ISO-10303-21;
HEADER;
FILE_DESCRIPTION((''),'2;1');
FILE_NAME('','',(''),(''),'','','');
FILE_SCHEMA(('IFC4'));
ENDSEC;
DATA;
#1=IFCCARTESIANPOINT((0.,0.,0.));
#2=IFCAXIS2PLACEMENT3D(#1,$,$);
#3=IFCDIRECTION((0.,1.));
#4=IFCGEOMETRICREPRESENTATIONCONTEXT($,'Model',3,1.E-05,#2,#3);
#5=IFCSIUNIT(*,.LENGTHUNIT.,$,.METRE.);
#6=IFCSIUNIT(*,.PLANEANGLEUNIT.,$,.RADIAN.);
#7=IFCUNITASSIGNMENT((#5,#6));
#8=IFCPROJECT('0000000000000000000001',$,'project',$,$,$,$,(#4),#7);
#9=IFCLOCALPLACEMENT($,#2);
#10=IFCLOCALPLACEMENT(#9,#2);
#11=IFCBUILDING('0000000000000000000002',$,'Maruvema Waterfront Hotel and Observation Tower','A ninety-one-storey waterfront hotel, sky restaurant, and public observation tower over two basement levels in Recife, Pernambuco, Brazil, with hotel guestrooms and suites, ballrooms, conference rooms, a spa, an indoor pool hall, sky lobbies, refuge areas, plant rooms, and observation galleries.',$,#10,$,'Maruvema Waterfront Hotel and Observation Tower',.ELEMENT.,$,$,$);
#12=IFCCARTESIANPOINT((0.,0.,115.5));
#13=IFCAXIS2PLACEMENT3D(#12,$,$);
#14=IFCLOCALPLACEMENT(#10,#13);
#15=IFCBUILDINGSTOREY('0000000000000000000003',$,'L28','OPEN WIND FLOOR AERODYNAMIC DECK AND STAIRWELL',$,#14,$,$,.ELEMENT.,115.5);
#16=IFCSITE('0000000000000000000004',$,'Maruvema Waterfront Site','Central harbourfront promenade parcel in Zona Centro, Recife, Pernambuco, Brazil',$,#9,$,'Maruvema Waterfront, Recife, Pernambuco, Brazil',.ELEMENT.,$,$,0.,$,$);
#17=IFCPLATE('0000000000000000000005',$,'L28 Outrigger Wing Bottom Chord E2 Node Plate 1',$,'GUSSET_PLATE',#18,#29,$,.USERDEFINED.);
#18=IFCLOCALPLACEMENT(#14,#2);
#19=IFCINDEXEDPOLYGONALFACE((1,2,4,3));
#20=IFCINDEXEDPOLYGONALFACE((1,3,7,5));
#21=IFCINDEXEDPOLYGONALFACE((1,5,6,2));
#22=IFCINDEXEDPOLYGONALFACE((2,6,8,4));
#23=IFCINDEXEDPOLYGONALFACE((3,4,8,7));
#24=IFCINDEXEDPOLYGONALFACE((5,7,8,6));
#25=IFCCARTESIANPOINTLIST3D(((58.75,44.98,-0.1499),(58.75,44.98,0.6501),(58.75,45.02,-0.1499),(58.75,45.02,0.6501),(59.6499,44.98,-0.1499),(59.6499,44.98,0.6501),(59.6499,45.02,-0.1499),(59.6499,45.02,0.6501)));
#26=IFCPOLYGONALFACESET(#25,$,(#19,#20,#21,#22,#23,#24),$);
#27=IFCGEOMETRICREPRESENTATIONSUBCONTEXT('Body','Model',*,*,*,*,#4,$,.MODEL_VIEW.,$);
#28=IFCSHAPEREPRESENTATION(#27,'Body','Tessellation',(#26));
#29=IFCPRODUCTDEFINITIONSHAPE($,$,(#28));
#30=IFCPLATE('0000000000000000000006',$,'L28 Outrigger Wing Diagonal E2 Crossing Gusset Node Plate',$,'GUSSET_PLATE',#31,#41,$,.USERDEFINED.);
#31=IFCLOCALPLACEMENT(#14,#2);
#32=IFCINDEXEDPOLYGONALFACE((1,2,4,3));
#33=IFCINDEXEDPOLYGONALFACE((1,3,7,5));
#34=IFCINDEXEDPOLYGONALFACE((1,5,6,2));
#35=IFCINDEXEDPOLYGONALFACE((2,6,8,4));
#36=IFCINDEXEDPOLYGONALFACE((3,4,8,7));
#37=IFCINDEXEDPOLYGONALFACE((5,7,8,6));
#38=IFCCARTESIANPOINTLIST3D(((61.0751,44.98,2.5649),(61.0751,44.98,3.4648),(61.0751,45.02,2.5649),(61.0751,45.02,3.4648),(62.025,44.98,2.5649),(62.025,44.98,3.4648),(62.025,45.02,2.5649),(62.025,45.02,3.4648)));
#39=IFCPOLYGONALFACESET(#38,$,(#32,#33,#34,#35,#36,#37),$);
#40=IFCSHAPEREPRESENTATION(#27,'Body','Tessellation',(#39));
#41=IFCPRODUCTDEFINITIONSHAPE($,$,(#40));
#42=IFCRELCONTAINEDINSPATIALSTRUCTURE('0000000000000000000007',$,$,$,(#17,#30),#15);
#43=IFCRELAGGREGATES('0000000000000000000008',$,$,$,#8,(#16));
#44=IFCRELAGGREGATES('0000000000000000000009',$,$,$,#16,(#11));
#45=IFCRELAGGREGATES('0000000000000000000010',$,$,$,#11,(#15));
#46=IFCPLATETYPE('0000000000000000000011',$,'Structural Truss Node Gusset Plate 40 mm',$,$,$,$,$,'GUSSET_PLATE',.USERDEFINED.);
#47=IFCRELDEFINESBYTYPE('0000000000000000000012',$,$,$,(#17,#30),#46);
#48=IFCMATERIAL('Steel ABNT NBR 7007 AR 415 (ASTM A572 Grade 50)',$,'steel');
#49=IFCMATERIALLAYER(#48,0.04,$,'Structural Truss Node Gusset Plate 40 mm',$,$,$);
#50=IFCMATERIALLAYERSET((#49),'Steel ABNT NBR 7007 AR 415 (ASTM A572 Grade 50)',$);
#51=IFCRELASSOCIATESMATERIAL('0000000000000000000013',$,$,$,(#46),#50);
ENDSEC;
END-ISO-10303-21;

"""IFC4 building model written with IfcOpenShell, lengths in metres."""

from ifc_helpers import new_model, si_unit, direction, frame, origin, origin_2d, place, context, subcontext, project, spatial, rectangle, extrude, material, layer, layer_set, type_object, element, save


model = new_model("IFC4")

# Units and contexts
model_context = context("Model", 3, precision=1e-05, world=origin(), true_north=direction((0.0, 1.0)))
body_context = subcontext(model_context, "Body", "Model", "MODEL_VIEW")
ifc_project = project(units=[si_unit("LENGTHUNIT", "METRE"), si_unit("PLANEANGLEUNIT", "RADIAN")], contexts=[model_context])

# Site, building, storey
site_placement = place(None, origin())
site = spatial("IfcSite", under=ifc_project, at=site_placement, Name="Maruvema Waterfront Site", Description="Central harbourfront promenade parcel in Zona Centro, Recife, Pernambuco, Brazil", LongName="Maruvema Waterfront, Recife, Pernambuco, Brazil", CompositionType="ELEMENT", RefElevation=0.0)
building_placement = place(site_placement, origin())
building = spatial("IfcBuilding", under=site, at=building_placement, Name="Maruvema Waterfront Hotel and Observation Tower", Description="A ninety-one-storey waterfront hotel, sky restaurant, and public observation tower over two basement levels in Recife, Pernambuco, Brazil, with hotel guestrooms and suites, ballrooms, conference rooms, a spa, an indoor pool hall, sky lobbies, refuge areas, plant rooms, and observation galleries.", LongName="Maruvema Waterfront Hotel and Observation Tower", CompositionType="ELEMENT")
storey_placement = place(building_placement, frame((0.0, 0.0, 115.5)))
storey = spatial("IfcBuildingStorey", under=building, at=storey_placement, Name="L28", Description="OPEN WIND FLOOR AERODYNAMIC DECK AND STAIRWELL", CompositionType="ELEMENT", Elevation=115.5)

# Plates
ifc_material_1 = material(Name="Steel ABNT NBR 7007 AR 415 (ASTM A572 Grade 50)", Category="steel")
ifc_layer_1 = layer(ifc_material_1, 0.04, Name="Structural Truss Node Gusset Plate 40 mm")
ifc_layer_set_1 = layer_set([ifc_layer_1], Name="Steel ABNT NBR 7007 AR 415 (ASTM A572 Grade 50)")
plate_type_1 = type_object("IfcPlateType", Name="Structural Truss Node Gusset Plate 40 mm", ElementType="GUSSET_PLATE", PredefinedType="USERDEFINED", material=ifc_layer_set_1)
plate_1_placement = place(storey_placement, frame((59.2, 45.0, -0.1499), z_axis=(0.0, 0.0, 1.0), x_axis=(1.0, 0.0, 0.0)))
element("IfcPlate", 1, at=plate_1_placement, inside=storey, type_object=plate_type_1, Name="L28 Outrigger Wing Bottom Chord E2 Node Plate 1", ObjectType="GUSSET_PLATE", PredefinedType="USERDEFINED", context=body_context, shape_type="SweptSolid", body=[
    extrude(rectangle(XDim=0.8999, YDim=0.04, at=origin_2d()), origin(), (0.0, 0.0, 1.0), 0.8),
])
plate_2_placement = place(storey_placement, frame((61.55, 45.0, 2.5649), z_axis=(0.0, 0.0, 1.0), x_axis=(-1.0, 0.0, 0.0)))
element("IfcPlate", 2, at=plate_2_placement, inside=storey, type_object=plate_type_1, Name="L28 Outrigger Wing Diagonal E2 Crossing Gusset Node Plate", ObjectType="GUSSET_PLATE", PredefinedType="USERDEFINED", context=body_context, shape_type="SweptSolid", body=[
    extrude(rectangle(XDim=0.95, YDim=0.04, at=origin_2d()), origin(), (0.0, 0.0, 1.0), 0.8999),
])

save(model, "model.ifc")
